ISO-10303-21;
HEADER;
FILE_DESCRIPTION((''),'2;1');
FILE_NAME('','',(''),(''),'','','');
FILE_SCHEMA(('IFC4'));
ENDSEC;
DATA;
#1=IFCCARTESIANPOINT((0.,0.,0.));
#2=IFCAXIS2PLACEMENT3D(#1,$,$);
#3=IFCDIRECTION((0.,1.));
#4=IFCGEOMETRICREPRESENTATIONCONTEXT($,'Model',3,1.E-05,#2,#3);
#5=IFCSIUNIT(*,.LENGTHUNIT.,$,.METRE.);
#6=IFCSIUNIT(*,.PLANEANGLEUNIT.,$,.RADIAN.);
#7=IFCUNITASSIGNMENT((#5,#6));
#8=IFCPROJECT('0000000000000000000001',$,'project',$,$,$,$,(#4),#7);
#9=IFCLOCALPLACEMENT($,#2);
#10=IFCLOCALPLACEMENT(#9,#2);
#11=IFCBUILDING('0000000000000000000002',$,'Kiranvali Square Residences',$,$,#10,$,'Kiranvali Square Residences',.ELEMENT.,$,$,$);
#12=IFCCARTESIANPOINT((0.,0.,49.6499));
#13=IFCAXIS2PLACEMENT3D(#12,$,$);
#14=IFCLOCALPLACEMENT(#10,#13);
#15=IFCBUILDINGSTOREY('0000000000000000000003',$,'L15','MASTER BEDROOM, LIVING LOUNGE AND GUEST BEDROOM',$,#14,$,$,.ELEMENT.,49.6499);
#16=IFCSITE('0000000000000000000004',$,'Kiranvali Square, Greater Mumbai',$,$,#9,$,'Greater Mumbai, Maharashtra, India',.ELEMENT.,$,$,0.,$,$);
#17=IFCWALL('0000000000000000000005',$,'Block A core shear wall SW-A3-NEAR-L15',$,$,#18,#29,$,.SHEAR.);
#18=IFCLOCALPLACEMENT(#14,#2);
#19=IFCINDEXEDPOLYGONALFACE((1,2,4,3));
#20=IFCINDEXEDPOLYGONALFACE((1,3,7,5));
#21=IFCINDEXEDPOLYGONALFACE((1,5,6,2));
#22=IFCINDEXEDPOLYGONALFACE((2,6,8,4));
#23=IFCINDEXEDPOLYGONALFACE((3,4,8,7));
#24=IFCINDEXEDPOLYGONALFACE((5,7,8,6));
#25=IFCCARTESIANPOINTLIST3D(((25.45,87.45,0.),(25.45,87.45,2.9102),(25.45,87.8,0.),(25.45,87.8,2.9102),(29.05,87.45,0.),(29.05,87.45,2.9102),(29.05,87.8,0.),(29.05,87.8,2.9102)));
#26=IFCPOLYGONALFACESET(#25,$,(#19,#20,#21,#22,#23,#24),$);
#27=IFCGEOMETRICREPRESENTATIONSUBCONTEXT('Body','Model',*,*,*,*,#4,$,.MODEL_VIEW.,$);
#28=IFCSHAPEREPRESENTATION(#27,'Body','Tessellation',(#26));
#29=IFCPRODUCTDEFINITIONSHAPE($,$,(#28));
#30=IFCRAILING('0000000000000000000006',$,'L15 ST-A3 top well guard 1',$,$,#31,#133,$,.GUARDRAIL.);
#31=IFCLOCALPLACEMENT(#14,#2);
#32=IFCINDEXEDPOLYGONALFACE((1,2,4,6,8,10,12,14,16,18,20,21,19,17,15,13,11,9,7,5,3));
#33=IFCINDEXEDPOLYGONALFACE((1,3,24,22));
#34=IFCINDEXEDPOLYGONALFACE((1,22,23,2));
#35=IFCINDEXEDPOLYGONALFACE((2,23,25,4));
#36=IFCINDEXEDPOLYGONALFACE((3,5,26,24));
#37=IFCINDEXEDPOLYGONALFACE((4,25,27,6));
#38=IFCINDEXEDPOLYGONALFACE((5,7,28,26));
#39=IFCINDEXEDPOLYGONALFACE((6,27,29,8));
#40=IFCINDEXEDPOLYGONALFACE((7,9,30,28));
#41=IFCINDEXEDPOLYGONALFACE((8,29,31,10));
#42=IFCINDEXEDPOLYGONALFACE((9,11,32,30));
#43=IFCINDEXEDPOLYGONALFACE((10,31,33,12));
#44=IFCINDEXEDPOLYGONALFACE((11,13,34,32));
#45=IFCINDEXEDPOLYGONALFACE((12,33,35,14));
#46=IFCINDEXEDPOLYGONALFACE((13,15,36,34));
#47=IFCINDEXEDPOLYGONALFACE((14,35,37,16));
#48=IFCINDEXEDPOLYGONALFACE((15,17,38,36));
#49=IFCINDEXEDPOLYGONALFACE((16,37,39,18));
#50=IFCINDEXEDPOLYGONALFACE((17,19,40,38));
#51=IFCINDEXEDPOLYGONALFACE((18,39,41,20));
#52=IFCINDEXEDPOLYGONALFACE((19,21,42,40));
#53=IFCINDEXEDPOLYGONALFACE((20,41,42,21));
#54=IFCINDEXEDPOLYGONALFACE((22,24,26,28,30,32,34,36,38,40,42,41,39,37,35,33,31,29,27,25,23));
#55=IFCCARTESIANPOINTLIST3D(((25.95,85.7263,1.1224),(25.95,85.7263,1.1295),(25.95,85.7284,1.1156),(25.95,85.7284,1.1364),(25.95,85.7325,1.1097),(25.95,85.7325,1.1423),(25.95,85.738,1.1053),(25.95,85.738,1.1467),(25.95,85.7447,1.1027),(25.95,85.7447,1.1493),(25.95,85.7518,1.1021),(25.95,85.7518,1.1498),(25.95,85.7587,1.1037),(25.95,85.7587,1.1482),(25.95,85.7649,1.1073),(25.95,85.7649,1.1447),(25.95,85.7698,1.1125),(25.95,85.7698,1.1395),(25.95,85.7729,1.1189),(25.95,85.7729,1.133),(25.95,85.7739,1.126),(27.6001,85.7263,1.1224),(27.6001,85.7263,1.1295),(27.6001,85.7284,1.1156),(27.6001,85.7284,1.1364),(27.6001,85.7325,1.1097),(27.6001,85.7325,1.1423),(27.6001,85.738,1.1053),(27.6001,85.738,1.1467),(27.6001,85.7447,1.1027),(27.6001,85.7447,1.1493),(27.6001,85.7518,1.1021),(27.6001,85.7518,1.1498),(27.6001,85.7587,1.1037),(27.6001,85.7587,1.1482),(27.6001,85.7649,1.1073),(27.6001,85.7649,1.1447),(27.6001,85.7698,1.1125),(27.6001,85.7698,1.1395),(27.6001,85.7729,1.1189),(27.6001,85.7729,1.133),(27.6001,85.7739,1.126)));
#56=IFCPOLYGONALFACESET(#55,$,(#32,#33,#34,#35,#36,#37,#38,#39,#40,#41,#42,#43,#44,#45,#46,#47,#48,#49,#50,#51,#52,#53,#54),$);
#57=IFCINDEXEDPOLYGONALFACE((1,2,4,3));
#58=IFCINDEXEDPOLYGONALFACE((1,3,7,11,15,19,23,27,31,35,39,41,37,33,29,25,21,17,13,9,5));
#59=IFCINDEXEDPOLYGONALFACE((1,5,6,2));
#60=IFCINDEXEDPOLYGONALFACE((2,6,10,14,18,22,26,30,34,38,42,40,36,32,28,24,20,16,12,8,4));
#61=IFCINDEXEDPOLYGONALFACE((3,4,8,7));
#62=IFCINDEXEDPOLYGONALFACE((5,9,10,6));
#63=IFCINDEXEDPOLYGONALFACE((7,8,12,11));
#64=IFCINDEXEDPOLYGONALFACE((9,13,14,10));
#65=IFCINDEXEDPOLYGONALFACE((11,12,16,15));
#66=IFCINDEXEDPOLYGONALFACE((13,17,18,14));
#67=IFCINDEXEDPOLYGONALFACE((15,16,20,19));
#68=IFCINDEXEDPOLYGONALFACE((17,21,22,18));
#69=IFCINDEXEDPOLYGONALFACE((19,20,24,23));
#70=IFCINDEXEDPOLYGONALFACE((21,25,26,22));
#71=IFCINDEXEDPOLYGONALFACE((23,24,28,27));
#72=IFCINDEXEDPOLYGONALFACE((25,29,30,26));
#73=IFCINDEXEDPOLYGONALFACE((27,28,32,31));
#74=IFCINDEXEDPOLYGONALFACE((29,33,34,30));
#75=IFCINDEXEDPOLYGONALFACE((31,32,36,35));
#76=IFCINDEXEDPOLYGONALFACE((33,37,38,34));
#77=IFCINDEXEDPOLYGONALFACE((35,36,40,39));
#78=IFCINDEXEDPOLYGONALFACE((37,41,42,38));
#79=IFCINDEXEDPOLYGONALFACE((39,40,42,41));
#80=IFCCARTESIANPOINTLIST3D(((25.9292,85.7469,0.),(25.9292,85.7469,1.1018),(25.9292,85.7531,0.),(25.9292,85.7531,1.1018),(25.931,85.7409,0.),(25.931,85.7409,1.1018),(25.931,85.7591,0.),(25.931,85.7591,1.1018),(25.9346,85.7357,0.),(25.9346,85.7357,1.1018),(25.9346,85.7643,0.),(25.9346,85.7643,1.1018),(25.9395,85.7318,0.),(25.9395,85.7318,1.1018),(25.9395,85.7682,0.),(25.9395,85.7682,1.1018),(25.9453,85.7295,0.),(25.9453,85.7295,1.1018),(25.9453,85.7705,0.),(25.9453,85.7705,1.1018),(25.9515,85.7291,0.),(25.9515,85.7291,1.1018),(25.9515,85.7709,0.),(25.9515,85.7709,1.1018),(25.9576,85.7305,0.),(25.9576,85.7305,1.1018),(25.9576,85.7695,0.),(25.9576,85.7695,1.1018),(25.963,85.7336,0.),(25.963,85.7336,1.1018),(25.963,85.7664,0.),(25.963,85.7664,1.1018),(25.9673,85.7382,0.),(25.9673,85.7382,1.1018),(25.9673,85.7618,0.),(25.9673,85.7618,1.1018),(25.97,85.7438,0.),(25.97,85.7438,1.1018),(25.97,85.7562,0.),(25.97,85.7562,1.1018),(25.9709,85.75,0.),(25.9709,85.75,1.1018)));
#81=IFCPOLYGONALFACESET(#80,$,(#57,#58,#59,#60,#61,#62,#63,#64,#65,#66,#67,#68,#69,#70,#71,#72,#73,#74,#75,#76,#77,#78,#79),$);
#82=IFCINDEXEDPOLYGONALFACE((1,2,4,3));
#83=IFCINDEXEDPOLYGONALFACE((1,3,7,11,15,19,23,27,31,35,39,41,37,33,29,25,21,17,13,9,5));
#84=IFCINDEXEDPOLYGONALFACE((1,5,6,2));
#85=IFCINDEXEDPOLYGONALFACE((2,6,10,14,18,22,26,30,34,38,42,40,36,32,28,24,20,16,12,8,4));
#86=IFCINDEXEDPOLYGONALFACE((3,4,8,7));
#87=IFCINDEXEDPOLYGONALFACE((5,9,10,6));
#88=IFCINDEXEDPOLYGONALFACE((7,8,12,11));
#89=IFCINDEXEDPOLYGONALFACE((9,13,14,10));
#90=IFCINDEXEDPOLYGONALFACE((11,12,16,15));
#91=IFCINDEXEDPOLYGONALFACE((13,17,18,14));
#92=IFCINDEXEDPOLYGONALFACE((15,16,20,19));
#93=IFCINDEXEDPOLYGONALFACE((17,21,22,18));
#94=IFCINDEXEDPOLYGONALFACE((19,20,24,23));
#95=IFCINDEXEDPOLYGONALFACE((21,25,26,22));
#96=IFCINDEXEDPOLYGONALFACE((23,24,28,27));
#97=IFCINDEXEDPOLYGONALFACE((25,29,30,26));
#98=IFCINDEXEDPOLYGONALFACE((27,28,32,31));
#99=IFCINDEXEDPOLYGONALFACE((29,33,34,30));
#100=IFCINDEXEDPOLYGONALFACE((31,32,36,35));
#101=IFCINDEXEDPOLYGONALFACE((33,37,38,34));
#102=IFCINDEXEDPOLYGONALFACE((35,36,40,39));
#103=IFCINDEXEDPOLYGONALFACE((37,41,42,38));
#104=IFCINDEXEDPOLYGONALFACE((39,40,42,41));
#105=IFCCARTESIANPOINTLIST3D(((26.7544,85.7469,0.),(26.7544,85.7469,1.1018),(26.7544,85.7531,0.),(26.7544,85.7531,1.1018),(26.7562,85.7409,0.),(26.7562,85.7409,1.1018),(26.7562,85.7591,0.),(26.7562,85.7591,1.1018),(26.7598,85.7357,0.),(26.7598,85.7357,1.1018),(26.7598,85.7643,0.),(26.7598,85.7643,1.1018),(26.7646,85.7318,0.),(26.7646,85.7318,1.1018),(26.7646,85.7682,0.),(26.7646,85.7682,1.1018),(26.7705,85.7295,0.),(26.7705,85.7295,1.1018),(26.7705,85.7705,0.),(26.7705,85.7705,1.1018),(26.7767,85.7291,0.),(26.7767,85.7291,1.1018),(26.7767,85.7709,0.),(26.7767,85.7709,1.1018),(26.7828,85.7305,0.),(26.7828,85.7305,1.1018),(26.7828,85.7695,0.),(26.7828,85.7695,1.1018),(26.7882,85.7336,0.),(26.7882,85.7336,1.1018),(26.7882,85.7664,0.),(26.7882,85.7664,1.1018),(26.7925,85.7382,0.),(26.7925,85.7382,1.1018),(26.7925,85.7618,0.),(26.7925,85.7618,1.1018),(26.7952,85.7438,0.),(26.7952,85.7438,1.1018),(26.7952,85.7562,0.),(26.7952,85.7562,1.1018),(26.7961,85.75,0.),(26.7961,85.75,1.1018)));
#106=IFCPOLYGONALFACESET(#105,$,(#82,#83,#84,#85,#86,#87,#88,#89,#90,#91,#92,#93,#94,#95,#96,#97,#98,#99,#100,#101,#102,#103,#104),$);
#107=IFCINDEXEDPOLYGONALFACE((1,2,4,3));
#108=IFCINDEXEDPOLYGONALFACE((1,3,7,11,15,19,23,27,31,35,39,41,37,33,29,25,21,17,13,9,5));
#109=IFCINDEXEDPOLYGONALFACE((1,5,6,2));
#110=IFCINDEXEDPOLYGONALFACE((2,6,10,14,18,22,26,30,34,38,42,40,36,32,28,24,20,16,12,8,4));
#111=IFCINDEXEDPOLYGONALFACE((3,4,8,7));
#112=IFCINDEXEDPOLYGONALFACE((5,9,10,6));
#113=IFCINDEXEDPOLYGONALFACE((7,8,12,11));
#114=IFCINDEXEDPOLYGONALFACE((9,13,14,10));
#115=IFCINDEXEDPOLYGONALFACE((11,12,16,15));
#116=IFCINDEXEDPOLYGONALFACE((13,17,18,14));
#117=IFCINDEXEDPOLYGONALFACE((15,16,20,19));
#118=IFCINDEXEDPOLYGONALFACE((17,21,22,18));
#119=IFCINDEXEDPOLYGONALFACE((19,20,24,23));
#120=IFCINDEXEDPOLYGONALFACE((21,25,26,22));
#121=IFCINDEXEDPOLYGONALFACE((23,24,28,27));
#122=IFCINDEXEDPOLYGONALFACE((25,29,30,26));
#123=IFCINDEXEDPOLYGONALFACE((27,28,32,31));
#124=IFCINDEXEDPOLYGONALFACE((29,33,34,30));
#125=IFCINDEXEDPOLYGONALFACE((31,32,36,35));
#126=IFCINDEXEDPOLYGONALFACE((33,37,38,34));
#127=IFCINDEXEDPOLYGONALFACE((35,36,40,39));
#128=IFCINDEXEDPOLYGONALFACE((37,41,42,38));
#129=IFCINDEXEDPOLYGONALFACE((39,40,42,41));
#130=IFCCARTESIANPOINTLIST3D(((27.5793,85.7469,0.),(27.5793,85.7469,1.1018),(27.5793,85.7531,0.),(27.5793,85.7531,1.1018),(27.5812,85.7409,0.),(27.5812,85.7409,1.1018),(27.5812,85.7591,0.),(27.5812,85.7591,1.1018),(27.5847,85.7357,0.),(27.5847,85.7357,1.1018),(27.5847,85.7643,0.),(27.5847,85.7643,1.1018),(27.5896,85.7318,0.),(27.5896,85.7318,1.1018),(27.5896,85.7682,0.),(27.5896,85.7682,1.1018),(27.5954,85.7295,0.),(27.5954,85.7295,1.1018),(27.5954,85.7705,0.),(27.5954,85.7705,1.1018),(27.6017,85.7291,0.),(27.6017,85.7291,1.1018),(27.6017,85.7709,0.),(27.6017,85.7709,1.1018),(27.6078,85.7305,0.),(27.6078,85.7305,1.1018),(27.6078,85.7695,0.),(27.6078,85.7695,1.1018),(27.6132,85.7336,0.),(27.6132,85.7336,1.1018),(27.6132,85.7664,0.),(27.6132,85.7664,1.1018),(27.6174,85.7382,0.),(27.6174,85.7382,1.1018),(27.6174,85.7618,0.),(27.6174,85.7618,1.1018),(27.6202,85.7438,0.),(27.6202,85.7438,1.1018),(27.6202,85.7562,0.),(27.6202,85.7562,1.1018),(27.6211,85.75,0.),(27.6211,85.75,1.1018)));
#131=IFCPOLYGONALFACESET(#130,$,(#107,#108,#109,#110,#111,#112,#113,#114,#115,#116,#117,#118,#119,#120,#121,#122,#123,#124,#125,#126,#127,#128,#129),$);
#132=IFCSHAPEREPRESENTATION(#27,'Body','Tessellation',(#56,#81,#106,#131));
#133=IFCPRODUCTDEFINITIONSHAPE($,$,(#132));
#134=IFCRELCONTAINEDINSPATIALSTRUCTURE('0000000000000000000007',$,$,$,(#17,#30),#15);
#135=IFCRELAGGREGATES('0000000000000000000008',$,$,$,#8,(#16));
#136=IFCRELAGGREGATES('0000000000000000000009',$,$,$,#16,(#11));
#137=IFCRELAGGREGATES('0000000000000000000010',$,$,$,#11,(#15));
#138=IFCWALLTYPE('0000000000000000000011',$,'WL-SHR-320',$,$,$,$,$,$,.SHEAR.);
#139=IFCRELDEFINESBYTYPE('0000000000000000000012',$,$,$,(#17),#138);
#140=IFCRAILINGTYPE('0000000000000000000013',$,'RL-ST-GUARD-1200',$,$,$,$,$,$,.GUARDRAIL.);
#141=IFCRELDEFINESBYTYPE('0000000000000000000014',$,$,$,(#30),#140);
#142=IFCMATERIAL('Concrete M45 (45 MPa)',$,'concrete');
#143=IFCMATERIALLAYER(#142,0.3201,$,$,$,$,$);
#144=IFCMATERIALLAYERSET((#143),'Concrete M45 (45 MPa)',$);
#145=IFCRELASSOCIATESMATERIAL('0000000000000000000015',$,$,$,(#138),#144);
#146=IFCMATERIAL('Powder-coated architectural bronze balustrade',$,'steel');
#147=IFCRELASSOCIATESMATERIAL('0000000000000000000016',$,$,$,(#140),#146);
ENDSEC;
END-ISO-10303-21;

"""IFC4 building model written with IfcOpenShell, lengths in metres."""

from ifc_helpers import new_model, si_unit, direction, frame, frame_2d, origin, origin_2d, place, context, subcontext, project, spatial, rectangle, circle, extrude, material, layer, layer_set, type_object, element, save


model = new_model("IFC4")

# Units and contexts
model_context = context("Model", 3, precision=1e-05, world=origin(), true_north=direction((0.0, 1.0)))
body_context = subcontext(model_context, "Body", "Model", "MODEL_VIEW")
ifc_project = project(units=[si_unit("LENGTHUNIT", "METRE"), si_unit("PLANEANGLEUNIT", "RADIAN")], contexts=[model_context])

# Site, building, storey
site_placement = place(None, origin())
site = spatial("IfcSite", under=ifc_project, at=site_placement, Name="Kiranvali Square, Greater Mumbai", LongName="Greater Mumbai, Maharashtra, India", CompositionType="ELEMENT", RefElevation=0.0)
building_placement = place(site_placement, origin())
building = spatial("IfcBuilding", under=site, at=building_placement, Name="Kiranvali Square Residences", LongName="Kiranvali Square Residences", CompositionType="ELEMENT")
storey_placement = place(building_placement, frame((0.0, 0.0, 49.6499)))
storey = spatial("IfcBuildingStorey", under=building, at=storey_placement, Name="L15", Description="MASTER BEDROOM, LIVING LOUNGE AND GUEST BEDROOM", CompositionType="ELEMENT", Elevation=49.6499)

# Shared definitions
ifc_material_1 = material(Name="Concrete M45 (45 MPa)", Category="concrete")
ifc_layer_1 = layer(ifc_material_1, 0.3201)
ifc_layer_set_1 = layer_set([ifc_layer_1], Name="Concrete M45 (45 MPa)")
wall_type_1 = type_object("IfcWallType", Name="WL-SHR-320", PredefinedType="SHEAR", material=ifc_layer_set_1)

# Wall
wall_1_placement = place(storey_placement, frame((29.05, 87.625, 0.0), z_axis=(0.0, 0.0, 1.0), x_axis=(-1.0, 0.0, 0.0)))
element("IfcWall", 1, at=wall_1_placement, inside=storey, type_object=wall_type_1, Name="Block A core shear wall SW-A3-NEAR-L15", PredefinedType="SHEAR", context=body_context, shape_type="SweptSolid", body=[
    extrude(rectangle(XDim=3.6001, YDim=0.3501, at=frame_2d((1.8, 0.0))), origin(), (0.0, 0.0, 1.0), 2.9102),
])

# Railing
ifc_material_2 = material(Name="Powder-coated architectural bronze balustrade", Category="steel")
railing_type = type_object("IfcRailingType", Name="RL-ST-GUARD-1200", PredefinedType="GUARDRAIL", material=ifc_material_2)
railing_placement = place(storey_placement, frame((25.95, 85.75, 0.0)))
element("IfcRailing", 2, at=railing_placement, inside=storey, type_object=railing_type, Name="L15 ST-A3 top well guard 1", PredefinedType="GUARDRAIL", context=body_context, shape_type="SweptSolid", body=[
    extrude(circle(Radius=0.0239, at=origin_2d()), frame((0.0, 0.0, 1.126), z_axis=(1.0, 0.0, 0.0), x_axis=(0.0, 1.0, 0.0)), (0.0, 0.0, 1.0), 1.6501),
    extrude(circle(Radius=0.021, at=origin_2d()), origin(), (0.0, 0.0, 1.0), 1.1018),
    extrude(circle(Radius=0.021, at=origin_2d()), frame((0.8252, 0.0, 0.0)), (0.0, 0.0, 1.0), 1.1018),
    extrude(circle(Radius=0.021, at=origin_2d()), frame((1.6501, 0.0, 0.0)), (0.0, 0.0, 1.0), 1.1018),
])

save(model, "model.ifc")
